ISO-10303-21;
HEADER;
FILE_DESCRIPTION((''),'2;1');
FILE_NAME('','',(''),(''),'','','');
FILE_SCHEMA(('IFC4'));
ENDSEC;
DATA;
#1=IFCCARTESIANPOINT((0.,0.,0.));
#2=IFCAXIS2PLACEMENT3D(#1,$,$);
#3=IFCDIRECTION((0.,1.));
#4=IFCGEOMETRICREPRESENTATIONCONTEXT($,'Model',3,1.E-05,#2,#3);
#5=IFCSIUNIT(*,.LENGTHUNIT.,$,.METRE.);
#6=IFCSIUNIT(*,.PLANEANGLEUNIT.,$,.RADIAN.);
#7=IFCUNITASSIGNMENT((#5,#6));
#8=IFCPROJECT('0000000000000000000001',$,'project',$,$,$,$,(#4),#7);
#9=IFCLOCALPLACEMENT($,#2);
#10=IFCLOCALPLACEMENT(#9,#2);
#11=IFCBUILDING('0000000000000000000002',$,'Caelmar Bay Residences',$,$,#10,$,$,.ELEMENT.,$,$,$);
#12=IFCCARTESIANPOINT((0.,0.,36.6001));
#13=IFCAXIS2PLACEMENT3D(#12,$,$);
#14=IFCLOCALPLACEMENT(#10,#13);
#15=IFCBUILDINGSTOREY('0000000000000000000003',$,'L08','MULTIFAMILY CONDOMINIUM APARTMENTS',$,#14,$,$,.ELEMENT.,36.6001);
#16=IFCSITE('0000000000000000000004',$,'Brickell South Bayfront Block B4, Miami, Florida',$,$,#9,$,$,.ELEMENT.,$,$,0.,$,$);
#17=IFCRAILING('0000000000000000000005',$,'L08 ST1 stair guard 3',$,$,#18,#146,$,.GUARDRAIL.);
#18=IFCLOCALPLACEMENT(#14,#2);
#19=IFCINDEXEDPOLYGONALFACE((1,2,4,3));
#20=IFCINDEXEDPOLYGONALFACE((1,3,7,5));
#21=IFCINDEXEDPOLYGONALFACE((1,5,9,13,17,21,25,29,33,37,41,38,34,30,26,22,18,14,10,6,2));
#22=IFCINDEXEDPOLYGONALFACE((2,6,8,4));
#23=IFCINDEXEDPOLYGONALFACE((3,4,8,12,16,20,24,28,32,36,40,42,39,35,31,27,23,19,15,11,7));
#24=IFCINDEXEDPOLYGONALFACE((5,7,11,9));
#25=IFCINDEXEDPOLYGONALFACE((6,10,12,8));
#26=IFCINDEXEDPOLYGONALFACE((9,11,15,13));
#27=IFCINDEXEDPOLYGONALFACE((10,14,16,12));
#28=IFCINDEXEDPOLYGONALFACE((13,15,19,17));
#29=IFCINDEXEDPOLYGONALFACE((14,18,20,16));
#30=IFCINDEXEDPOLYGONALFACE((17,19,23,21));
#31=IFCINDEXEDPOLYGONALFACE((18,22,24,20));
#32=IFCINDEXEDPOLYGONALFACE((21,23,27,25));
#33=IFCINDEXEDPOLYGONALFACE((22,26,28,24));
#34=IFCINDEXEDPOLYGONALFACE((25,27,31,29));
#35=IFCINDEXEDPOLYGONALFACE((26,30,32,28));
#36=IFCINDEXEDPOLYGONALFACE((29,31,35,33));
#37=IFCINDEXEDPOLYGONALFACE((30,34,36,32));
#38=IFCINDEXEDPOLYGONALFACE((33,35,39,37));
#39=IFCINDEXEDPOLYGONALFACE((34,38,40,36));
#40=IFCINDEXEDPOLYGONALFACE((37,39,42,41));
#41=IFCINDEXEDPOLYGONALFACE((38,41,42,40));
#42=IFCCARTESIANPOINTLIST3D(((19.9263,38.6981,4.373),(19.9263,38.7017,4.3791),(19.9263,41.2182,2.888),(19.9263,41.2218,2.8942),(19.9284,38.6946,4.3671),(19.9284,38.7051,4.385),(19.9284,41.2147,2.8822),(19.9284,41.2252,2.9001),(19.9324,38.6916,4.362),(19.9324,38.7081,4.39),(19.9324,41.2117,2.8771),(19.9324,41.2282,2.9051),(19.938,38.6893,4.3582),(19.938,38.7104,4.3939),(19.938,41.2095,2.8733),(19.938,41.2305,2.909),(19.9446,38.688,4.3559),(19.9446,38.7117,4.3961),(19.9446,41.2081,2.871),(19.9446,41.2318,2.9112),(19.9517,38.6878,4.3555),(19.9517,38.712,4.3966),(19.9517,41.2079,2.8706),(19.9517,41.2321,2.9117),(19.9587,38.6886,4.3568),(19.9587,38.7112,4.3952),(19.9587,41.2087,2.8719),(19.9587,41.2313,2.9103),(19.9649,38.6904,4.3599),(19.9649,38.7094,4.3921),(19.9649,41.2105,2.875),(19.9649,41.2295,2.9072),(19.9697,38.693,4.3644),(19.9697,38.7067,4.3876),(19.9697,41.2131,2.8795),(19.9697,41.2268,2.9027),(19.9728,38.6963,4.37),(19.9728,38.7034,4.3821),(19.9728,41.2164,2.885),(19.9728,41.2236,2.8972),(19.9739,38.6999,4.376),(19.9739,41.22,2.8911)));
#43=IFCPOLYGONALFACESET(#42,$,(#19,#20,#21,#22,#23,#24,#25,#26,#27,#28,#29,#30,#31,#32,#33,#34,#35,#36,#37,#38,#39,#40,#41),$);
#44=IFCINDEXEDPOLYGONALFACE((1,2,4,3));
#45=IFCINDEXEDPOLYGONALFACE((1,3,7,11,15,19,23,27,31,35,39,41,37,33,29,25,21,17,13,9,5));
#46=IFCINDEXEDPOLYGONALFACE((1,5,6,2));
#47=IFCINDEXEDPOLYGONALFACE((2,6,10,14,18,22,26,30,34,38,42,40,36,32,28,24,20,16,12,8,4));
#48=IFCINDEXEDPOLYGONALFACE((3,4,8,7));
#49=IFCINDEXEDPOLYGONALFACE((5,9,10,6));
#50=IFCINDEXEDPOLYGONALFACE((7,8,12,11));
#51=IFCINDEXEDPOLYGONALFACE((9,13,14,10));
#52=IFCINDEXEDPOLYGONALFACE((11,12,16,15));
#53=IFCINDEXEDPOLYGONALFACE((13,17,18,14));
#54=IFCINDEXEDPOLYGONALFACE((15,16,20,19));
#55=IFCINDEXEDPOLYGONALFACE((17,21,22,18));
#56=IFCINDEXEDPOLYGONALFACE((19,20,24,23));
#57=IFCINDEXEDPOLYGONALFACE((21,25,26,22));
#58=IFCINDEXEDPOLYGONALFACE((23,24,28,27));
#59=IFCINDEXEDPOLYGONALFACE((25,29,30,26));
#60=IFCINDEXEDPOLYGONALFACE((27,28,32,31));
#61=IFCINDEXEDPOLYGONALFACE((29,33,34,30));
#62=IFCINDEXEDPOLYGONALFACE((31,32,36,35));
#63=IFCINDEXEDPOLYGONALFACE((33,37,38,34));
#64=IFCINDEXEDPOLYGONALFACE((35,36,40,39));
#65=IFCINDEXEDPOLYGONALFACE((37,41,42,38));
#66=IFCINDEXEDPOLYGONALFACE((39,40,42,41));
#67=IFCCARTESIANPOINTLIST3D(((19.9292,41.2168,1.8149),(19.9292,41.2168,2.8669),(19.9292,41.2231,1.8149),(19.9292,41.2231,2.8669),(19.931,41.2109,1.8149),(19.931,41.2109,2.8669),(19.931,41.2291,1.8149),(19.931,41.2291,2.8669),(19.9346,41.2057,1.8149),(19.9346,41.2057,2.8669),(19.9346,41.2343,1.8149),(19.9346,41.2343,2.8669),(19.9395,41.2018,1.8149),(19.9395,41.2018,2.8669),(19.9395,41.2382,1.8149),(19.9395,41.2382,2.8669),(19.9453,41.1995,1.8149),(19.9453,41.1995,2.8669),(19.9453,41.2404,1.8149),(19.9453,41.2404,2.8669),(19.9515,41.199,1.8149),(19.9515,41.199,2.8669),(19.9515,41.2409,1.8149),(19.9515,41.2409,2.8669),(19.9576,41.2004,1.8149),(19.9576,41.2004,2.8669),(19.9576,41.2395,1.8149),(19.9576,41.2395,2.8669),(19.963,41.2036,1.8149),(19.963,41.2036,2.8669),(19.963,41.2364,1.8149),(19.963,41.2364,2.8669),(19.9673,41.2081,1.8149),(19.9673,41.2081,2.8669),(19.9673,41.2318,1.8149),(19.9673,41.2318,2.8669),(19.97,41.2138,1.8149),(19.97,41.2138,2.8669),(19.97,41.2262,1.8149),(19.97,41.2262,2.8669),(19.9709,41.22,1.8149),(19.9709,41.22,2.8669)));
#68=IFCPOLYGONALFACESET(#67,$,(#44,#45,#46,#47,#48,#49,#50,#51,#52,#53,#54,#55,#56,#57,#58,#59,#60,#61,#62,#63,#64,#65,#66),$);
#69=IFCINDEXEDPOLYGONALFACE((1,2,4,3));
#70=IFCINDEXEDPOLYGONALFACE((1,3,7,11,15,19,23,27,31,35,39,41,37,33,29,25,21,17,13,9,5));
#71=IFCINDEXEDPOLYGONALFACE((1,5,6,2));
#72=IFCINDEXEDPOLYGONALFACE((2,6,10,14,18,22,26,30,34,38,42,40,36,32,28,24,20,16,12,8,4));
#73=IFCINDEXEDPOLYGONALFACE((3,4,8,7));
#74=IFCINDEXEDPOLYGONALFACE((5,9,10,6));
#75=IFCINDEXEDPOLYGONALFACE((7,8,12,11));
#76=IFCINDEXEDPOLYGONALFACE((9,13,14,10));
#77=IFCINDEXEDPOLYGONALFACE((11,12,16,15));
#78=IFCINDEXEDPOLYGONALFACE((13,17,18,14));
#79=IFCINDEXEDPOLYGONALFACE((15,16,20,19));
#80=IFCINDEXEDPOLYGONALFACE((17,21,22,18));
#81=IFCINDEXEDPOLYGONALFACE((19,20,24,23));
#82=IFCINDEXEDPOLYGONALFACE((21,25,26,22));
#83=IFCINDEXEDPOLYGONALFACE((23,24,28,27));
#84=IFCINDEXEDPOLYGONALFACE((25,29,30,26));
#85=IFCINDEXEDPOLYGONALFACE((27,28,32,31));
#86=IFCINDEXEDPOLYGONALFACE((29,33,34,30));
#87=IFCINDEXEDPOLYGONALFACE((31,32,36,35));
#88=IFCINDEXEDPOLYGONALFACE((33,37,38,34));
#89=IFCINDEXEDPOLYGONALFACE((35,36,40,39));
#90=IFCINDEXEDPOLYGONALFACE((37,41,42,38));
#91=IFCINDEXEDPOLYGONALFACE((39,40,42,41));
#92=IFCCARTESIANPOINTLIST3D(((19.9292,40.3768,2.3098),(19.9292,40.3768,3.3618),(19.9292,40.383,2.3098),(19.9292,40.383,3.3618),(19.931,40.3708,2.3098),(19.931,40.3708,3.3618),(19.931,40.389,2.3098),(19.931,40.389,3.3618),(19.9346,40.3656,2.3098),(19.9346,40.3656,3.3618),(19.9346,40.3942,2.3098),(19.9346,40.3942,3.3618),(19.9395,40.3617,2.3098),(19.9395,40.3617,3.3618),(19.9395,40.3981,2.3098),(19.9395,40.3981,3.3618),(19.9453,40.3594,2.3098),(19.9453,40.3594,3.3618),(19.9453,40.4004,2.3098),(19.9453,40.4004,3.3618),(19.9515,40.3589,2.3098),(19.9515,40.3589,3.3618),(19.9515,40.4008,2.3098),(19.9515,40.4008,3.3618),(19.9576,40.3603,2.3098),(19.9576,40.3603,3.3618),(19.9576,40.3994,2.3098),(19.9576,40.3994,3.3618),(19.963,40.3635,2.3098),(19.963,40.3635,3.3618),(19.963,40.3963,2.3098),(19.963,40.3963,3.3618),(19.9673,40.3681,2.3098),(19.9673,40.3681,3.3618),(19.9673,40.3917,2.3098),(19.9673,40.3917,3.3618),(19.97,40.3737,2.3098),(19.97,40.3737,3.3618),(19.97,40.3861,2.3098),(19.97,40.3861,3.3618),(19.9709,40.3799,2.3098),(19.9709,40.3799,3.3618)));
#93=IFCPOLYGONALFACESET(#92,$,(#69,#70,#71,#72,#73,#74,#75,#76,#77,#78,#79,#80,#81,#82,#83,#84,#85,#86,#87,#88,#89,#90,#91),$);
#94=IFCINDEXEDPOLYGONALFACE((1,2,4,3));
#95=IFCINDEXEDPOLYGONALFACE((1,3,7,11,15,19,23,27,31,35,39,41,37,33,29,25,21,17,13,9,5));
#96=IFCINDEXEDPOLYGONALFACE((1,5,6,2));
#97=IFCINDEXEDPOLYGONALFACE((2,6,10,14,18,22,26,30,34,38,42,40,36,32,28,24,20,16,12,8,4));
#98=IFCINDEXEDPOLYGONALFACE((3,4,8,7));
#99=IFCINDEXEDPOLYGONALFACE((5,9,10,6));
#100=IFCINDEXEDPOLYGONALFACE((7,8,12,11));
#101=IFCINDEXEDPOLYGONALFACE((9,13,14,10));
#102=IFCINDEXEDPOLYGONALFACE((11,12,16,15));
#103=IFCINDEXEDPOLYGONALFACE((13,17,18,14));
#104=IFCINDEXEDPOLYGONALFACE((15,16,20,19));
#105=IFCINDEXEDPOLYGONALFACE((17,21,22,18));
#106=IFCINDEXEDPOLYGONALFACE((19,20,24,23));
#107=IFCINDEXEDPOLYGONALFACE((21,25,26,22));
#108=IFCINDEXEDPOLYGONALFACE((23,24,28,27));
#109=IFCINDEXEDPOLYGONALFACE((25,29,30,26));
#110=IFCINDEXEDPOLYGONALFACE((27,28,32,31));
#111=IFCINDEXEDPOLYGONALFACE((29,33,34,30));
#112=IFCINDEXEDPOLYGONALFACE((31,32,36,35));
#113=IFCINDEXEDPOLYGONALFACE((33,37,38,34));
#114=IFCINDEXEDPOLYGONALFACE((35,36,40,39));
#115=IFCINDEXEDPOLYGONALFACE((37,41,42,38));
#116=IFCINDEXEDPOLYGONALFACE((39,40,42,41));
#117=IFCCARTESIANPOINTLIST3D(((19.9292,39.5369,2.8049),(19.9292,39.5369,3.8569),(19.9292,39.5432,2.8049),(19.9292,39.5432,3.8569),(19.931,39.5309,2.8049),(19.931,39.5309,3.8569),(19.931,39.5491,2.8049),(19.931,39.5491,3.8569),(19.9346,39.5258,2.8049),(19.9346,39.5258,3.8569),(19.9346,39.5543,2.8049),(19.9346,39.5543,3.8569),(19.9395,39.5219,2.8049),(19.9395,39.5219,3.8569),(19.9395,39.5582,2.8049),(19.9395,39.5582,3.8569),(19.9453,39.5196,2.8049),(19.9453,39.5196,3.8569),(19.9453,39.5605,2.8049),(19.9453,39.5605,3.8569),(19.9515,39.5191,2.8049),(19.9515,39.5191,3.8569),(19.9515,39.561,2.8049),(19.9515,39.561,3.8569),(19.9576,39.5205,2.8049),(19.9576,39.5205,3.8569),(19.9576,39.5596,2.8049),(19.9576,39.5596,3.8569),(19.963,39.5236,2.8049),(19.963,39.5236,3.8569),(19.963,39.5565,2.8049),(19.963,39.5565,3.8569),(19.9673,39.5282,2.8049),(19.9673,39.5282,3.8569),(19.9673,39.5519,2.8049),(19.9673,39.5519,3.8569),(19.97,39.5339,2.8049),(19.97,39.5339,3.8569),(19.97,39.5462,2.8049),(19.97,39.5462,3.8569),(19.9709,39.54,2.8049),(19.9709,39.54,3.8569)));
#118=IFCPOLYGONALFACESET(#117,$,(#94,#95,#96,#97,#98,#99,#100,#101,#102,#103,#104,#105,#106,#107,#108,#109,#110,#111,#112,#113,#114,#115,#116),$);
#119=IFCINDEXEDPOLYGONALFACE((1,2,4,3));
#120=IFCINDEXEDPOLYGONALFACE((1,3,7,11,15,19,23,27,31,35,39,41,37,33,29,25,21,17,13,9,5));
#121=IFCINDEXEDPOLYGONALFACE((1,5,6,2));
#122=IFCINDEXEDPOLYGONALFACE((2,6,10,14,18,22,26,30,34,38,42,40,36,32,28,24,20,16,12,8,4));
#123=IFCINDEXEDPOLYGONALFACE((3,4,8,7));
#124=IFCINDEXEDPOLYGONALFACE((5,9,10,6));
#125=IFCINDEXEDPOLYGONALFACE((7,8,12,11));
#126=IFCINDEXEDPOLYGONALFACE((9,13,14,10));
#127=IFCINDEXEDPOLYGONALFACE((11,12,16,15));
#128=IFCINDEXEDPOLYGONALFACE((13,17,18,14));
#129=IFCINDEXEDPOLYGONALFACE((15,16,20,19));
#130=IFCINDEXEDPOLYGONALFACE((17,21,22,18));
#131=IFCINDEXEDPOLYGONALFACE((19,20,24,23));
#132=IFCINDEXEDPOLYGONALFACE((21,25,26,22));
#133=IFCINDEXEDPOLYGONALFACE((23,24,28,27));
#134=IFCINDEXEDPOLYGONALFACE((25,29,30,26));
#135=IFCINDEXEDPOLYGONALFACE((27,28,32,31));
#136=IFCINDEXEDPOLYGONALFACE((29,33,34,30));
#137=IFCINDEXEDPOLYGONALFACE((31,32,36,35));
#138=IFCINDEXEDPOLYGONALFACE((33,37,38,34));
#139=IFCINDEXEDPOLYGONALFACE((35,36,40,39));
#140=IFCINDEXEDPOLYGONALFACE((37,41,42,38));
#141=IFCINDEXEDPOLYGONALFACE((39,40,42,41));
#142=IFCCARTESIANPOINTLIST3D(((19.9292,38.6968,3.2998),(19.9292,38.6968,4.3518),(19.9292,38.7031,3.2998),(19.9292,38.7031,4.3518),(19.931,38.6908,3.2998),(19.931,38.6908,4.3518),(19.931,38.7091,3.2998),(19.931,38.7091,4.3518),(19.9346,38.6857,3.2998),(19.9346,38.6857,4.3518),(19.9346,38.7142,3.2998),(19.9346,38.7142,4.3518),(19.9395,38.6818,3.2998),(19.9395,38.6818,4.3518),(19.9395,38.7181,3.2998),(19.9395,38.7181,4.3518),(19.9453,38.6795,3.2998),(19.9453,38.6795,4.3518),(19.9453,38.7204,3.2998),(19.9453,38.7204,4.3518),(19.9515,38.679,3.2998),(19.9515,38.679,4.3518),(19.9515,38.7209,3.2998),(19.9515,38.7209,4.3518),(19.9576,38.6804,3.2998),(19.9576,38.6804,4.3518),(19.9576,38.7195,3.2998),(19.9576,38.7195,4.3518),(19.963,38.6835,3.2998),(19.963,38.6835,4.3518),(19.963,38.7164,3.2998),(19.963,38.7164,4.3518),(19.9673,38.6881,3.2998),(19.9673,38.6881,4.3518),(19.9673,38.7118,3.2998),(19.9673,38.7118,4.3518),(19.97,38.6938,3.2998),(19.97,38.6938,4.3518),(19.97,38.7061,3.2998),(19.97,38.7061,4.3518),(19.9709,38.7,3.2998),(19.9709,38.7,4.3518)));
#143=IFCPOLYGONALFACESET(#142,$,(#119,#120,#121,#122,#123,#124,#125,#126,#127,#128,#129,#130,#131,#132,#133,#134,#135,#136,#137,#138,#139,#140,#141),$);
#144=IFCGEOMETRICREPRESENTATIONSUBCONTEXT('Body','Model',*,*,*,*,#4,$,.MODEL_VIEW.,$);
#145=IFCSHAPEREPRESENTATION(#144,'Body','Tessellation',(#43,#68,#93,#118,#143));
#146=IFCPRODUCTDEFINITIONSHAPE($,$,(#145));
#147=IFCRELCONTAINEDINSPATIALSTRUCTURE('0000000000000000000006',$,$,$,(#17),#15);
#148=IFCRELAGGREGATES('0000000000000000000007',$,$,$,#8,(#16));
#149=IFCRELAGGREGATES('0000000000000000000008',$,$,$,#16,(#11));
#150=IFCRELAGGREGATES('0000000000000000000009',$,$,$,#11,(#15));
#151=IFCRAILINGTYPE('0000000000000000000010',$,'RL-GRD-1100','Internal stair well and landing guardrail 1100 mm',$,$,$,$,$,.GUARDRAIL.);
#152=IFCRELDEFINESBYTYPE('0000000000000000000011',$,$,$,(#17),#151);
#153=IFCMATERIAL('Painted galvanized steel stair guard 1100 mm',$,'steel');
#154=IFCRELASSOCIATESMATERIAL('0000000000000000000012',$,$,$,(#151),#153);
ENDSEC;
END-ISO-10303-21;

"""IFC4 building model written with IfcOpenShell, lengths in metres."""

from ifc_helpers import new_model, si_unit, direction, frame, origin, origin_2d, place, context, subcontext, project, spatial, circle, extrude, material, type_object, element, save


model = new_model("IFC4")

# Units and contexts
model_context = context("Model", 3, precision=1e-05, world=origin(), true_north=direction((0.0, 1.0)))
body_context = subcontext(model_context, "Body", "Model", "MODEL_VIEW")
ifc_project = project(units=[si_unit("LENGTHUNIT", "METRE"), si_unit("PLANEANGLEUNIT", "RADIAN")], contexts=[model_context])

# Site, building, storey
site_placement = place(None, origin())
site = spatial("IfcSite", under=ifc_project, at=site_placement, Name="Brickell South Bayfront Block B4, Miami, Florida", CompositionType="ELEMENT", RefElevation=0.0)
building_placement = place(site_placement, origin())
building = spatial("IfcBuilding", under=site, at=building_placement, Name="Caelmar Bay Residences", CompositionType="ELEMENT")
storey_placement = place(building_placement, frame((0.0, 0.0, 36.6001)))
storey = spatial("IfcBuildingStorey", under=building, at=storey_placement, Name="L08", Description="MULTIFAMILY CONDOMINIUM APARTMENTS", CompositionType="ELEMENT", Elevation=36.6001)

# Railing
ifc_material_1 = material(Name="Painted galvanized steel stair guard 1100 mm", Category="steel")
railing_type_1 = type_object("IfcRailingType", Name="RL-GRD-1100", Description="Internal stair well and landing guardrail 1100 mm", PredefinedType="GUARDRAIL", material=ifc_material_1)
railing_1_placement = place(storey_placement, frame((19.95, 41.22, 1.8149)))
element("IfcRailing", 1, at=railing_1_placement, inside=storey, type_object=railing_type_1, Name="L08 ST1 stair guard 3", PredefinedType="GUARDRAIL", context=body_context, shape_type="SweptSolid", body=[
    extrude(circle(Radius=0.0239, at=origin_2d()), frame((0.0, 0.0, 1.0762), z_axis=(0.0, -0.861561, 0.507655), x_axis=(1.0, 0.0, 0.0)), (0.0, 0.0, 1.0), 2.925),
    extrude(circle(Radius=0.021, at=origin_2d()), origin(), (0.0, 0.0, 1.0), 1.052),
    extrude(circle(Radius=0.021, at=origin_2d()), frame((0.0, -0.8401, 0.4949)), (0.0, 0.0, 1.0), 1.052),
    extrude(circle(Radius=0.021, at=origin_2d()), frame((0.0, -1.6799, 0.99)), (0.0, 0.0, 1.0), 1.052),
    extrude(circle(Radius=0.021, at=origin_2d()), frame((0.0, -2.52, 1.4849)), (0.0, 0.0, 1.0), 1.052),
])

save(model, "model.ifc")
